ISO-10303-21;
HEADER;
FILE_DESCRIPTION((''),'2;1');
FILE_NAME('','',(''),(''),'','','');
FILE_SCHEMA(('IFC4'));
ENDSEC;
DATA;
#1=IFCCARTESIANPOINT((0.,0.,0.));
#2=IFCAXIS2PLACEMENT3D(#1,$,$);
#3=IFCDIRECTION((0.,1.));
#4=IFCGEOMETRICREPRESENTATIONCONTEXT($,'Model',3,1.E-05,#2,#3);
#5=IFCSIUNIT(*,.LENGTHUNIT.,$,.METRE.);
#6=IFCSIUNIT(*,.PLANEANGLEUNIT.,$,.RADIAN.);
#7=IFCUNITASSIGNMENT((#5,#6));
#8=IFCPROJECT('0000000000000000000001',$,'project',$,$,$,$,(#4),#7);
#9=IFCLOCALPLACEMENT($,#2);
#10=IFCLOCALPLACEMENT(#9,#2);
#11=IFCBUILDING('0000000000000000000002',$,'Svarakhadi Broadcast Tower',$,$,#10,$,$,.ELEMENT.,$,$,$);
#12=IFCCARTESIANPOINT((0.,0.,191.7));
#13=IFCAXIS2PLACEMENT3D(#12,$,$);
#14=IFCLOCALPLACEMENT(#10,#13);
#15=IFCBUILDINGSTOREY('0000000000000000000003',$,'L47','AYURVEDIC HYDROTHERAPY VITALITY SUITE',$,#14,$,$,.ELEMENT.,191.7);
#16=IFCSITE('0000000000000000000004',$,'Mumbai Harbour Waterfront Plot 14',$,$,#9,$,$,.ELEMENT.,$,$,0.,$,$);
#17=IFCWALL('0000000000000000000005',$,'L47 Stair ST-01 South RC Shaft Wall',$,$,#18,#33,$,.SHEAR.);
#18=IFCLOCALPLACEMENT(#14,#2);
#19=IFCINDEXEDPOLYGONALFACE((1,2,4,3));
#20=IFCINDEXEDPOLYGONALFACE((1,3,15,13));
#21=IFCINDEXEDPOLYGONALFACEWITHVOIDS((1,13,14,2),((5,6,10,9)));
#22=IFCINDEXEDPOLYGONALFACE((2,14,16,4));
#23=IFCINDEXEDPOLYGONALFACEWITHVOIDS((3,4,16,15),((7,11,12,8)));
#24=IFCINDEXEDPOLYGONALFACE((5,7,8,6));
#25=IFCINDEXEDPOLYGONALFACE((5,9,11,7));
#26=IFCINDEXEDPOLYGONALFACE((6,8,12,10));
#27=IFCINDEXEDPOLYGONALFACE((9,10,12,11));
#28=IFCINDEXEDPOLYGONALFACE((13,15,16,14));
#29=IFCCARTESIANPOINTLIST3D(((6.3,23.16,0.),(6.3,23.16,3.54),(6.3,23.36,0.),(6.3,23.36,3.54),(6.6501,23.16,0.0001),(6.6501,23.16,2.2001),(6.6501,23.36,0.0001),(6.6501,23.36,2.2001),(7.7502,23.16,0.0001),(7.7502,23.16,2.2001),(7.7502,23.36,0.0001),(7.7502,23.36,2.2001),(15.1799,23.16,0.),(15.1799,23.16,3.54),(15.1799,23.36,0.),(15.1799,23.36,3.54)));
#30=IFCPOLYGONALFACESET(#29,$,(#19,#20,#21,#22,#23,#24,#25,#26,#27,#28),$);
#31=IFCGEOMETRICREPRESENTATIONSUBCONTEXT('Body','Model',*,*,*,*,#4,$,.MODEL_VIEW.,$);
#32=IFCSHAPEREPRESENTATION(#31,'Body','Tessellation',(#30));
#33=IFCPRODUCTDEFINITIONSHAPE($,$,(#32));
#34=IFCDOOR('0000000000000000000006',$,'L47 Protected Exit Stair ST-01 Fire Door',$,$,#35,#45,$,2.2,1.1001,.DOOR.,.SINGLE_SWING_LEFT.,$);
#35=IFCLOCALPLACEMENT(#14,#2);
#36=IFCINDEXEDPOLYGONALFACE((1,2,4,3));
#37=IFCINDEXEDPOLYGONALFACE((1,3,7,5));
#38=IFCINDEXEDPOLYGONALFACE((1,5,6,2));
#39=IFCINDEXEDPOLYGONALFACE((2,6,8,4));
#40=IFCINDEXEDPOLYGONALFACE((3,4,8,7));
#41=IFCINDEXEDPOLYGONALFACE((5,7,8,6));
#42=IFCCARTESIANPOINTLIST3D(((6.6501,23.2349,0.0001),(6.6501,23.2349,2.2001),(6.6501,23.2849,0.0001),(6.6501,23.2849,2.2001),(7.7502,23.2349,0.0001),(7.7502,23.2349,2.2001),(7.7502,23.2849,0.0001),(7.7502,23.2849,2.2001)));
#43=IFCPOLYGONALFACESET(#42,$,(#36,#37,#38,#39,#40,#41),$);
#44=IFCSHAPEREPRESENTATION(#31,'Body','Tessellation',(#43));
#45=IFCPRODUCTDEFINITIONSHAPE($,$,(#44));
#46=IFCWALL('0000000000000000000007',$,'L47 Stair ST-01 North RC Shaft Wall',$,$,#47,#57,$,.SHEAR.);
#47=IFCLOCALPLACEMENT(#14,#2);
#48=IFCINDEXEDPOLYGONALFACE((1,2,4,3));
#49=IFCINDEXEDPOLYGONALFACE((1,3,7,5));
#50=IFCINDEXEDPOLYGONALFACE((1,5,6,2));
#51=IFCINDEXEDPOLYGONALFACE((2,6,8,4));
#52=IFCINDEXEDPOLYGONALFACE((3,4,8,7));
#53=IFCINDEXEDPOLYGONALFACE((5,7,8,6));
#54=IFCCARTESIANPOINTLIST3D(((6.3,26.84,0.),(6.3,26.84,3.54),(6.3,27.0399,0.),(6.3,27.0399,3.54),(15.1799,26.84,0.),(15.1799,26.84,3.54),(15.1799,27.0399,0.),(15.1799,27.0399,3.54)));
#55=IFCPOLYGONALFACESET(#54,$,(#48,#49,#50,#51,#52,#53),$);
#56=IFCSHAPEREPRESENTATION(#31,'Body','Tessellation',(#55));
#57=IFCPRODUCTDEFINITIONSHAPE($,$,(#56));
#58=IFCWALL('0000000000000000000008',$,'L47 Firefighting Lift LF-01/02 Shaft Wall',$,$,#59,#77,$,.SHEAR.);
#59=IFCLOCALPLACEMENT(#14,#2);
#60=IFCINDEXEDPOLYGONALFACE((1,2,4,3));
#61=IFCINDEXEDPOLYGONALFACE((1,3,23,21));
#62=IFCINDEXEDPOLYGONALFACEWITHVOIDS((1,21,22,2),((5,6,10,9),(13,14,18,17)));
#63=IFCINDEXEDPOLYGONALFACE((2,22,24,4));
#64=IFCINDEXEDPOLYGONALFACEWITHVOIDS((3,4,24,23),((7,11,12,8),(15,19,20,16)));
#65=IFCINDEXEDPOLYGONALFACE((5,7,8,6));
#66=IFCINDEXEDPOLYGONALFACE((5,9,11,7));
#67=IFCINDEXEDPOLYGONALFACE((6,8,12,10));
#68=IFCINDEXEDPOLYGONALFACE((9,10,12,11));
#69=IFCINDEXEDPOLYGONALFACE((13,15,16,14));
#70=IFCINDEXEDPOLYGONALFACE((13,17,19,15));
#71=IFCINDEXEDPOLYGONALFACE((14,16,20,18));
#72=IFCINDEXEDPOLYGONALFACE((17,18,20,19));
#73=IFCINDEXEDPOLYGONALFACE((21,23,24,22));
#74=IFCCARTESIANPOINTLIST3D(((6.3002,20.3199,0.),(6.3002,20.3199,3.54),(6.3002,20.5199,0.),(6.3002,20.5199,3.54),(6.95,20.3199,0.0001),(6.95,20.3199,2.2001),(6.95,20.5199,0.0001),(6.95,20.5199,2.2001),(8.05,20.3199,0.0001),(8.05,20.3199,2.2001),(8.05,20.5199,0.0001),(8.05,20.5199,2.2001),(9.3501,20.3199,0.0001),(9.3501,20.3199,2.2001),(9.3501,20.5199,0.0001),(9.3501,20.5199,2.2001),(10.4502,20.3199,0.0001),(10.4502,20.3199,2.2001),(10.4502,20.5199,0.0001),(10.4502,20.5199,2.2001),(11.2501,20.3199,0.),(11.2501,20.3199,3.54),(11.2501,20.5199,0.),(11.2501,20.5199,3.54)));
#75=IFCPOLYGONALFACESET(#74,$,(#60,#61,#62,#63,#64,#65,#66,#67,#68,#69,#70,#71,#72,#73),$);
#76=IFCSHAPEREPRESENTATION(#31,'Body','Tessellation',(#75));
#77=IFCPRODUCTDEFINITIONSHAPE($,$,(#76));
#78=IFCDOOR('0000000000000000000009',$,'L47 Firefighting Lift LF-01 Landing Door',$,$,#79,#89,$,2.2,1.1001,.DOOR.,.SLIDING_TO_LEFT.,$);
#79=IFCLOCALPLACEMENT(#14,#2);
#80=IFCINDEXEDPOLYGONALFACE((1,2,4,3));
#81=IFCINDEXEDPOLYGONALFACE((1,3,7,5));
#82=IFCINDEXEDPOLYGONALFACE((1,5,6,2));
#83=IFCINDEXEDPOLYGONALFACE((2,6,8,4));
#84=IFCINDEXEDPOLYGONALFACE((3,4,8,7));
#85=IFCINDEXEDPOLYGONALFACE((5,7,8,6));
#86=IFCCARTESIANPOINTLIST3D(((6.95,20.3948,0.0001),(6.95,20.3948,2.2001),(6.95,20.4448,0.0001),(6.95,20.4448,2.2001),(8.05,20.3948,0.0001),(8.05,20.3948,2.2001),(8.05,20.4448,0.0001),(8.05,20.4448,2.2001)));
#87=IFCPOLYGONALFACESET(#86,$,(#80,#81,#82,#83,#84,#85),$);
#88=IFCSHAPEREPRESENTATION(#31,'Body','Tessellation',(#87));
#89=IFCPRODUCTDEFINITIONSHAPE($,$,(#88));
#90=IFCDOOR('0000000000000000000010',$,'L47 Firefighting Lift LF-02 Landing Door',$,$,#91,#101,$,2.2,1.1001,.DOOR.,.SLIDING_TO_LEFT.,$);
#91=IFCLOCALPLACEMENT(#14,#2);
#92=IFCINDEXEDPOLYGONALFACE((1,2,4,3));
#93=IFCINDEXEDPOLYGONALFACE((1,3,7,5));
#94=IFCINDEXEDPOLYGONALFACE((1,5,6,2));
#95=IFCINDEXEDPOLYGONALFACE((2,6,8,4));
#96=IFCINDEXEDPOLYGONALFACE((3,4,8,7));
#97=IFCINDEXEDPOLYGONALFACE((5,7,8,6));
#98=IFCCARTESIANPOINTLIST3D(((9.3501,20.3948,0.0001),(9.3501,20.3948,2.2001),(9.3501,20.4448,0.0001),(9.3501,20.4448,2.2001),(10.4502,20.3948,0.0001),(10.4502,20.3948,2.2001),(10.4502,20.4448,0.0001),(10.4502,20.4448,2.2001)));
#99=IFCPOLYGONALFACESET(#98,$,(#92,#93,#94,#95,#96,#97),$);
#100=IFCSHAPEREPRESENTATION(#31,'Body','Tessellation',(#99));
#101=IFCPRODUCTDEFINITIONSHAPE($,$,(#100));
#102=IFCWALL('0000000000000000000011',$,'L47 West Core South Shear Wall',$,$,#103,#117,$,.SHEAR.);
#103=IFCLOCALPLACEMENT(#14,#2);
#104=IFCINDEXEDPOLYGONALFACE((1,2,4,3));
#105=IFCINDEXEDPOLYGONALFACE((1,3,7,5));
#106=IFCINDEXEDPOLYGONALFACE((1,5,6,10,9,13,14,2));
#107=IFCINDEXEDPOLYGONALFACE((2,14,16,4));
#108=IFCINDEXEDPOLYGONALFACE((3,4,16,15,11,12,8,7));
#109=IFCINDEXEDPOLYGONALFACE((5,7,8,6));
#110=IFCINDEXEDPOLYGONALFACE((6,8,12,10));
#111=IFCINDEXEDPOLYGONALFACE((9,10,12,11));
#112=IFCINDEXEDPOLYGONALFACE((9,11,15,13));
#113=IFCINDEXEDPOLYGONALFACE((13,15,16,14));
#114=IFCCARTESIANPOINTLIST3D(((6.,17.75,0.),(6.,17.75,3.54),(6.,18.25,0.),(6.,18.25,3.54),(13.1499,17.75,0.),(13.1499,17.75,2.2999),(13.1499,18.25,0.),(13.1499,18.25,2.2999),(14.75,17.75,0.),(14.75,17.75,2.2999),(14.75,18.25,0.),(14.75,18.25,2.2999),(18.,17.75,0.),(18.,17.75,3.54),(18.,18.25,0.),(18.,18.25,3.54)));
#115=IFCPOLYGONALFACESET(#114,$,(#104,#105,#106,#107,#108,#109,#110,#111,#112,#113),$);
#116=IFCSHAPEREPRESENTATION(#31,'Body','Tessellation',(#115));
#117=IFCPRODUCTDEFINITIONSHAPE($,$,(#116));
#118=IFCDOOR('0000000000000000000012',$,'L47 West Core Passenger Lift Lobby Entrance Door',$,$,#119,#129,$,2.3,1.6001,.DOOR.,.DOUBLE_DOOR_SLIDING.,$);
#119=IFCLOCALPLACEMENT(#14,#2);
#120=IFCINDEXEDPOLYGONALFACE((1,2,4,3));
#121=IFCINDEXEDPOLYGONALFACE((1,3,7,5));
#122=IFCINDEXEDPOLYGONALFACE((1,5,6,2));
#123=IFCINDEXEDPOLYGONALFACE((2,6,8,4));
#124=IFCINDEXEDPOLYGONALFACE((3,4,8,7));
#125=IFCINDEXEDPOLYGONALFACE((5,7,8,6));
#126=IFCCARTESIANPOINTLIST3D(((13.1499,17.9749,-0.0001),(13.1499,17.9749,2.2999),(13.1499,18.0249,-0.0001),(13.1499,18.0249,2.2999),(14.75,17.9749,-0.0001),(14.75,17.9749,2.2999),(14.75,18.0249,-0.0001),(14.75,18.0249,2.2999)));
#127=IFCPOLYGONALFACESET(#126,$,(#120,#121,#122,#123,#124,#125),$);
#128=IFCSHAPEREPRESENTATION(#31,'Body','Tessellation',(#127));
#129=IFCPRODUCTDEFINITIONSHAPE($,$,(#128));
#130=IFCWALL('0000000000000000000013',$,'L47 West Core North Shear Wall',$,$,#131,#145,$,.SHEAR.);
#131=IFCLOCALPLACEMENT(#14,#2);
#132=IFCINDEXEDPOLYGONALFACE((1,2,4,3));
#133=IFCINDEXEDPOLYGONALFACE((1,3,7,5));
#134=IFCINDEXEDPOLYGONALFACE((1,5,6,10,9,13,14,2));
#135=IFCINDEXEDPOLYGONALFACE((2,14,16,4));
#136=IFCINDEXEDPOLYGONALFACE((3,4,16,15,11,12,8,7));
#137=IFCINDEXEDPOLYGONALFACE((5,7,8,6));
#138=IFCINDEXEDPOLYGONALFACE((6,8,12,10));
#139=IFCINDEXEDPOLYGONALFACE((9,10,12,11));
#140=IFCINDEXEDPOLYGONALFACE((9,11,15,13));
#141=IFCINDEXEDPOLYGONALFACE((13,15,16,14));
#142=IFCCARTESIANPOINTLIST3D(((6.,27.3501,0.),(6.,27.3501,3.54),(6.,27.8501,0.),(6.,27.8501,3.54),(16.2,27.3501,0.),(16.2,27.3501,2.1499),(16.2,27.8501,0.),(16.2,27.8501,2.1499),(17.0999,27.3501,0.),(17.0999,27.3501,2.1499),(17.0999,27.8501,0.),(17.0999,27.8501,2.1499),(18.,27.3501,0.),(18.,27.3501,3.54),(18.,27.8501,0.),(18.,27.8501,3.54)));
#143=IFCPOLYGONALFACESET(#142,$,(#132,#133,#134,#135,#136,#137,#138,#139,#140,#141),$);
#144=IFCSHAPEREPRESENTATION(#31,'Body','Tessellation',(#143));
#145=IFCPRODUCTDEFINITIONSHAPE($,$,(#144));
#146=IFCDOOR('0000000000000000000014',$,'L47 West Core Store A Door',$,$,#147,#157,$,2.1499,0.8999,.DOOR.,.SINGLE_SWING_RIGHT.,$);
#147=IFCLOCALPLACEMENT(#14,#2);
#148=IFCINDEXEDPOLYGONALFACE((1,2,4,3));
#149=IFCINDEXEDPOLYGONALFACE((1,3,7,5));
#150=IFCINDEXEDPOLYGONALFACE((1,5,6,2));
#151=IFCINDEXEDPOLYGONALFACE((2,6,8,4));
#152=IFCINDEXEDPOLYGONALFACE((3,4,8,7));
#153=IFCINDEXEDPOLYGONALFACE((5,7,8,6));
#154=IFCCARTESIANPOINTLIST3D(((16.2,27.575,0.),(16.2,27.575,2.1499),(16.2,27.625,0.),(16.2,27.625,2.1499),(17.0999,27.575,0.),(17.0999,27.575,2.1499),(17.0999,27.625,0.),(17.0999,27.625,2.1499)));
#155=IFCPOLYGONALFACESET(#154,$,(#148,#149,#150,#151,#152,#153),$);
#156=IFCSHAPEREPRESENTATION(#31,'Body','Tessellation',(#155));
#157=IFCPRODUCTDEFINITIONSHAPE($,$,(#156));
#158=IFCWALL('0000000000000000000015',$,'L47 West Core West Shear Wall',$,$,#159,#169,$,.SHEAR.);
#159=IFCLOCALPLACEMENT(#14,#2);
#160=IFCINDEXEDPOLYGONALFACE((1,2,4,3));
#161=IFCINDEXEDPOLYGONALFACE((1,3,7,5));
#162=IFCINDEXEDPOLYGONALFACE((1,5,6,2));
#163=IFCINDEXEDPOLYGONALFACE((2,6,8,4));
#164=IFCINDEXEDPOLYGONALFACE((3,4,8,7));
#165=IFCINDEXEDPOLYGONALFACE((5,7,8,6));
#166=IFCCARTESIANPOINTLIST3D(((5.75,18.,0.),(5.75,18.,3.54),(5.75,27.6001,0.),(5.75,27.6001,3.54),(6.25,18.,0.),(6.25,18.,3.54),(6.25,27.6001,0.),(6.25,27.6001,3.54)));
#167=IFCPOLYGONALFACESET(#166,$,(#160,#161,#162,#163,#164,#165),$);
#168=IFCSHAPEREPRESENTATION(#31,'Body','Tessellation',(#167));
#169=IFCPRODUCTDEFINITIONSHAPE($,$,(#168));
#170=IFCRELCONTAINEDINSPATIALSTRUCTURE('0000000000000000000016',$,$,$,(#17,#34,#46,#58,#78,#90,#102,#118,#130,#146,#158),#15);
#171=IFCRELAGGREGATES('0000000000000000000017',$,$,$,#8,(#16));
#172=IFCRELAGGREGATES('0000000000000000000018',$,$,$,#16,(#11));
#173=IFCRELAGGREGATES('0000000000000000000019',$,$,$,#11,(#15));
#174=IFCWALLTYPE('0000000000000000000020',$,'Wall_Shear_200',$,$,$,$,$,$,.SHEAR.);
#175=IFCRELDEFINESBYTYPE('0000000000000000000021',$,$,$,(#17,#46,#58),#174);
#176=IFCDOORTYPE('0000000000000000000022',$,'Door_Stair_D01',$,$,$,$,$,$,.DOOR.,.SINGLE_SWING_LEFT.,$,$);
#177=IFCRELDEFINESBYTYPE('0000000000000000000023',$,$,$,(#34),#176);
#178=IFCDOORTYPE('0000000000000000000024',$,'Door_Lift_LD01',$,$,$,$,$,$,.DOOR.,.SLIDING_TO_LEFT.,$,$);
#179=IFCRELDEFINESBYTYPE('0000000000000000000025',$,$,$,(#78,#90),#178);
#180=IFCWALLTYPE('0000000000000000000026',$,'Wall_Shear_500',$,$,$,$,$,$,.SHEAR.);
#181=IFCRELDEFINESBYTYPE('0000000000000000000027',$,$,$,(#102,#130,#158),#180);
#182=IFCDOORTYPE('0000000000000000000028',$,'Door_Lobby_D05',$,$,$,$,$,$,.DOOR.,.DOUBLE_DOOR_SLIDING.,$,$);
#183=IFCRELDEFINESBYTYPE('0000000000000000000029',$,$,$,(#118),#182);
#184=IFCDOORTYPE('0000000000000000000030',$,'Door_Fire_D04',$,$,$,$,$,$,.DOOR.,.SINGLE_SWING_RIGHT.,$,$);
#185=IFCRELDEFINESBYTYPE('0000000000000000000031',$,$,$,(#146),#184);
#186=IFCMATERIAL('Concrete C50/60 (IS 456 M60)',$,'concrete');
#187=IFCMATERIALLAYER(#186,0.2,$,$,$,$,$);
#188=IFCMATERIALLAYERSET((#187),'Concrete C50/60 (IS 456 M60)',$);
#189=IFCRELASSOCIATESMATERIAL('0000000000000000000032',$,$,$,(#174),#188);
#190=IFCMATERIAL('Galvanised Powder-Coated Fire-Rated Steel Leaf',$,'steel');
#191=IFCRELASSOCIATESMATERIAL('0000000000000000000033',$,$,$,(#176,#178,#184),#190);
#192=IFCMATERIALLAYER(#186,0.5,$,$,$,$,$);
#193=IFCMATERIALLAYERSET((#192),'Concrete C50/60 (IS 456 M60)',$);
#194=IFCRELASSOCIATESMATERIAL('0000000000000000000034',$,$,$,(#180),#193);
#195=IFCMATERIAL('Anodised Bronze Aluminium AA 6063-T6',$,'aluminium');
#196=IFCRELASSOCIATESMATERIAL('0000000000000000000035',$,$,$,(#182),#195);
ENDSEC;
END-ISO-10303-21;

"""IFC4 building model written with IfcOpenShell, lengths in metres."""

from ifc_helpers import new_model, si_unit, direction, frame, frame_2d, origin, place, context, subcontext, project, spatial, rectangle, extrude, material, layer, layer_set, type_object, element, fill, save


model = new_model("IFC4")

# Units and contexts
model_context = context("Model", 3, precision=1e-05, world=origin(), true_north=direction((0.0, 1.0)))
body_context = subcontext(model_context, "Body", "Model", "MODEL_VIEW")
ifc_project = project(units=[si_unit("LENGTHUNIT", "METRE"), si_unit("PLANEANGLEUNIT", "RADIAN")], contexts=[model_context])

# Site, building, storey
site_placement = place(None, origin())
site = spatial("IfcSite", under=ifc_project, at=site_placement, Name="Mumbai Harbour Waterfront Plot 14", CompositionType="ELEMENT", RefElevation=0.0)
building_placement = place(site_placement, origin())
building = spatial("IfcBuilding", under=site, at=building_placement, Name="Svarakhadi Broadcast Tower", CompositionType="ELEMENT")
storey_placement = place(building_placement, frame((0.0, 0.0, 191.7)))
storey = spatial("IfcBuildingStorey", under=building, at=storey_placement, Name="L47", Description="AYURVEDIC HYDROTHERAPY VITALITY SUITE", CompositionType="ELEMENT", Elevation=191.7)

# Shared definitions
ifc_material_1 = material(Name="Concrete C50/60 (IS 456 M60)", Category="concrete")

# Shared definitions
ifc_material_2 = material(Name="Anodised Bronze Aluminium AA 6063-T6", Category="aluminium")

# Wall, opening, door
ifc_layer_1 = layer(ifc_material_1, 0.2)
ifc_layer_set_1 = layer_set([ifc_layer_1], Name="Concrete C50/60 (IS 456 M60)")
wall_type_1 = type_object("IfcWallType", Name="Wall_Shear_200", PredefinedType="SHEAR", material=ifc_layer_set_1)
wall_1_placement = place(storey_placement, frame((6.3, 23.26, 0.0), z_axis=(0.0, 0.0, 1.0), x_axis=(1.0, 0.0, 0.0)))
wall_1 = element("IfcWall", 1, at=wall_1_placement, inside=storey, type_object=wall_type_1, Name="L47 Stair ST-01 South RC Shaft Wall", PredefinedType="SHEAR", context=body_context, shape_type="SweptSolid", body=[
    extrude(rectangle(XDim=8.8799, YDim=0.2, at=frame_2d((4.4399, 0.0))), origin(), (0.0, 0.0, 1.0), 3.54),
])
opening_1_placement = place(wall_1_placement, frame((0.3501, 0.0, 0.0)))
opening_1 = element("IfcOpeningElement", 2, at=opening_1_placement, cuts=wall_1, PredefinedType="OPENING", context=body_context, shape_type="SweptSolid", body=[
    extrude(rectangle(XDim=1.1001, YDim=2.2, at=frame_2d((0.55, 1.1001))), frame((0.0, 0.1099, 0.0), z_axis=(0.0, -1.0, 0.0), x_axis=(1.0, 0.0, 0.0)), (0.0, 0.0, 1.0), 0.22),
])
ifc_material_3 = material(Name="Galvanised Powder-Coated Fire-Rated Steel Leaf", Category="steel")
door_type_1 = type_object("IfcDoorType", Name="Door_Stair_D01", OperationType="SINGLE_SWING_LEFT", PredefinedType="DOOR", material=ifc_material_3)
door_1_placement = place(opening_1_placement, origin())
door_1 = element("IfcDoor", 3, at=door_1_placement, inside=storey, type_object=door_type_1, Name="L47 Protected Exit Stair ST-01 Fire Door", OperationType="SINGLE_SWING_LEFT", OverallHeight=2.2, OverallWidth=1.1001, PredefinedType="DOOR", context=body_context, shape_type="SweptSolid", body=[
    extrude(rectangle(XDim=1.1001, YDim=2.2, at=frame_2d((0.55, 1.1001))), frame((0.0, 0.0249, 0.0), z_axis=(0.0, -1.0, 0.0), x_axis=(1.0, 0.0, 0.0)), (0.0, 0.0, 1.0), 0.05),
])
fill(opening_1, door_1)

# Wall
wall_2_placement = place(storey_placement, frame((6.3, 26.9399, 0.0), z_axis=(0.0, 0.0, 1.0), x_axis=(1.0, 0.0, 0.0)))
element("IfcWall", 4, at=wall_2_placement, inside=storey, type_object=wall_type_1, Name="L47 Stair ST-01 North RC Shaft Wall", PredefinedType="SHEAR", context=body_context, shape_type="SweptSolid", body=[
    extrude(rectangle(XDim=8.8799, YDim=0.2, at=frame_2d((4.4399, 0.0))), origin(), (0.0, 0.0, 1.0), 3.54),
])

# Wall, openings, doors
wall_3_placement = place(storey_placement, frame((6.3, 20.4199, 0.0), z_axis=(0.0, 0.0, 1.0), x_axis=(1.0, 0.0, 0.0)))
wall_3 = element("IfcWall", 5, at=wall_3_placement, inside=storey, type_object=wall_type_1, Name="L47 Firefighting Lift LF-01/02 Shaft Wall", PredefinedType="SHEAR", context=body_context, shape_type="SweptSolid", body=[
    extrude(rectangle(XDim=4.95, YDim=0.2, at=frame_2d((2.4751, 0.0))), origin(), (0.0, 0.0, 1.0), 3.54),
])
opening_2_placement = place(wall_3_placement, frame((0.6499, 0.0, 0.0)))
opening_2 = element("IfcOpeningElement", 6, at=opening_2_placement, cuts=wall_3, PredefinedType="OPENING", context=body_context, shape_type="SweptSolid", body=[
    extrude(rectangle(XDim=1.1001, YDim=2.2, at=frame_2d((0.55, 1.1001))), frame((0.0, 0.1099, 0.0), z_axis=(0.0, -1.0, 0.0), x_axis=(1.0, 0.0, 0.0)), (0.0, 0.0, 1.0), 0.22),
])
opening_3_placement = place(wall_3_placement, frame((3.05, 0.0, 0.0)))
opening_3 = element("IfcOpeningElement", 7, at=opening_3_placement, cuts=wall_3, PredefinedType="OPENING", context=body_context, shape_type="SweptSolid", body=[
    extrude(rectangle(XDim=1.1001, YDim=2.2, at=frame_2d((0.55, 1.1001))), frame((0.0, 0.1099, 0.0), z_axis=(0.0, -1.0, 0.0), x_axis=(1.0, 0.0, 0.0)), (0.0, 0.0, 1.0), 0.22),
])
door_type_2 = type_object("IfcDoorType", Name="Door_Lift_LD01", OperationType="SLIDING_TO_LEFT", PredefinedType="DOOR", material=ifc_material_3)
door_2_placement = place(opening_2_placement, origin())
door_2 = element("IfcDoor", 8, at=door_2_placement, inside=storey, type_object=door_type_2, Name="L47 Firefighting Lift LF-01 Landing Door", OperationType="SLIDING_TO_LEFT", OverallHeight=2.2, OverallWidth=1.1001, PredefinedType="DOOR", context=body_context, shape_type="SweptSolid", body=[
    extrude(rectangle(XDim=1.1001, YDim=2.2, at=frame_2d((0.55, 1.1001))), frame((0.0, 0.0249, 0.0), z_axis=(0.0, -1.0, 0.0), x_axis=(1.0, 0.0, 0.0)), (0.0, 0.0, 1.0), 0.05),
])
fill(opening_2, door_2)
door_3_placement = place(opening_3_placement, origin())
door_3 = element("IfcDoor", 9, at=door_3_placement, inside=storey, type_object=door_type_2, Name="L47 Firefighting Lift LF-02 Landing Door", OperationType="SLIDING_TO_LEFT", OverallHeight=2.2, OverallWidth=1.1001, PredefinedType="DOOR", context=body_context, shape_type="SweptSolid", body=[
    extrude(rectangle(XDim=1.1001, YDim=2.2, at=frame_2d((0.55, 1.1001))), frame((0.0, 0.0249, 0.0), z_axis=(0.0, -1.0, 0.0), x_axis=(1.0, 0.0, 0.0)), (0.0, 0.0, 1.0), 0.05),
])
fill(opening_3, door_3)

# Walls, openings, doors
ifc_layer_2 = layer(ifc_material_1, 0.5)
ifc_layer_set_2 = layer_set([ifc_layer_2], Name="Concrete C50/60 (IS 456 M60)")
wall_type_2 = type_object("IfcWallType", Name="Wall_Shear_500", PredefinedType="SHEAR", material=ifc_layer_set_2)
wall_4_placement = place(storey_placement, frame((6.0, 18.0, 0.0), z_axis=(0.0, 0.0, 1.0), x_axis=(1.0, 0.0, 0.0)))
wall_4 = element("IfcWall", 10, at=wall_4_placement, inside=storey, type_object=wall_type_2, Name="L47 West Core South Shear Wall", PredefinedType="SHEAR", context=body_context, shape_type="SweptSolid", body=[
    extrude(rectangle(XDim=12.0, YDim=0.5, at=frame_2d((6.0, 0.0))), origin(), (0.0, 0.0, 1.0), 3.54),
])
opening_4_placement = place(wall_4_placement, frame((7.1499, 0.0, 0.0)))
opening_4 = element("IfcOpeningElement", 11, at=opening_4_placement, cuts=wall_4, PredefinedType="OPENING", context=body_context, shape_type="SweptSolid", body=[
    extrude(rectangle(XDim=1.6001, YDim=2.3, at=frame_2d((0.8, 1.1499))), frame((0.0, 0.26, 0.0), z_axis=(0.0, -1.0, 0.0), x_axis=(1.0, 0.0, 0.0)), (0.0, 0.0, 1.0), 0.52),
])
door_type_3 = type_object("IfcDoorType", Name="Door_Lobby_D05", OperationType="DOUBLE_DOOR_SLIDING", PredefinedType="DOOR", material=ifc_material_2)
door_4_placement = place(opening_4_placement, origin())
door_4 = element("IfcDoor", 12, at=door_4_placement, inside=storey, type_object=door_type_3, Name="L47 West Core Passenger Lift Lobby Entrance Door", OperationType="DOUBLE_DOOR_SLIDING", OverallHeight=2.3, OverallWidth=1.6001, PredefinedType="DOOR", context=body_context, shape_type="SweptSolid", body=[
    extrude(rectangle(XDim=1.6001, YDim=2.3, at=frame_2d((0.8, 1.1499))), frame((0.0, 0.0249, 0.0), z_axis=(0.0, -1.0, 0.0), x_axis=(1.0, 0.0, 0.0)), (0.0, 0.0, 1.0), 0.05),
])
fill(opening_4, door_4)
wall_5_placement = place(storey_placement, frame((6.0, 27.6001, 0.0), z_axis=(0.0, 0.0, 1.0), x_axis=(1.0, 0.0, 0.0)))
wall_5 = element("IfcWall", 13, at=wall_5_placement, inside=storey, type_object=wall_type_2, Name="L47 West Core North Shear Wall", PredefinedType="SHEAR", context=body_context, shape_type="SweptSolid", body=[
    extrude(rectangle(XDim=12.0, YDim=0.5, at=frame_2d((6.0, 0.0))), origin(), (0.0, 0.0, 1.0), 3.54),
])
opening_5_placement = place(wall_5_placement, frame((10.2, 0.0, 0.0)))
opening_5 = element("IfcOpeningElement", 14, at=opening_5_placement, cuts=wall_5, PredefinedType="OPENING", context=body_context, shape_type="SweptSolid", body=[
    extrude(rectangle(XDim=0.8999, YDim=2.1499, at=frame_2d((0.45, 1.075))), frame((0.0, 0.26, 0.0), z_axis=(0.0, -1.0, 0.0), x_axis=(1.0, 0.0, 0.0)), (0.0, 0.0, 1.0), 0.52),
])
door_type_4 = type_object("IfcDoorType", Name="Door_Fire_D04", OperationType="SINGLE_SWING_RIGHT", PredefinedType="DOOR", material=ifc_material_3)
door_5_placement = place(opening_5_placement, origin())
door_5 = element("IfcDoor", 15, at=door_5_placement, inside=storey, type_object=door_type_4, Name="L47 West Core Store A Door", OperationType="SINGLE_SWING_RIGHT", OverallHeight=2.1499, OverallWidth=0.8999, PredefinedType="DOOR", context=body_context, shape_type="SweptSolid", body=[
    extrude(rectangle(XDim=0.8999, YDim=2.1499, at=frame_2d((0.45, 1.075))), frame((0.0, 0.0249, 0.0), z_axis=(0.0, -1.0, 0.0), x_axis=(1.0, 0.0, 0.0)), (0.0, 0.0, 1.0), 0.05),
])
fill(opening_5, door_5)

# Wall
wall_6_placement = place(storey_placement, frame((6.0, 18.0, 0.0), z_axis=(0.0, 0.0, 1.0), x_axis=(0.0, 1.0, 0.0)))
element("IfcWall", 16, at=wall_6_placement, inside=storey, type_object=wall_type_2, Name="L47 West Core West Shear Wall", PredefinedType="SHEAR", context=body_context, shape_type="SweptSolid", body=[
    extrude(rectangle(XDim=9.6001, YDim=0.5, at=frame_2d((4.8, 0.0))), origin(), (0.0, 0.0, 1.0), 3.54),
])

save(model, "model.ifc")
